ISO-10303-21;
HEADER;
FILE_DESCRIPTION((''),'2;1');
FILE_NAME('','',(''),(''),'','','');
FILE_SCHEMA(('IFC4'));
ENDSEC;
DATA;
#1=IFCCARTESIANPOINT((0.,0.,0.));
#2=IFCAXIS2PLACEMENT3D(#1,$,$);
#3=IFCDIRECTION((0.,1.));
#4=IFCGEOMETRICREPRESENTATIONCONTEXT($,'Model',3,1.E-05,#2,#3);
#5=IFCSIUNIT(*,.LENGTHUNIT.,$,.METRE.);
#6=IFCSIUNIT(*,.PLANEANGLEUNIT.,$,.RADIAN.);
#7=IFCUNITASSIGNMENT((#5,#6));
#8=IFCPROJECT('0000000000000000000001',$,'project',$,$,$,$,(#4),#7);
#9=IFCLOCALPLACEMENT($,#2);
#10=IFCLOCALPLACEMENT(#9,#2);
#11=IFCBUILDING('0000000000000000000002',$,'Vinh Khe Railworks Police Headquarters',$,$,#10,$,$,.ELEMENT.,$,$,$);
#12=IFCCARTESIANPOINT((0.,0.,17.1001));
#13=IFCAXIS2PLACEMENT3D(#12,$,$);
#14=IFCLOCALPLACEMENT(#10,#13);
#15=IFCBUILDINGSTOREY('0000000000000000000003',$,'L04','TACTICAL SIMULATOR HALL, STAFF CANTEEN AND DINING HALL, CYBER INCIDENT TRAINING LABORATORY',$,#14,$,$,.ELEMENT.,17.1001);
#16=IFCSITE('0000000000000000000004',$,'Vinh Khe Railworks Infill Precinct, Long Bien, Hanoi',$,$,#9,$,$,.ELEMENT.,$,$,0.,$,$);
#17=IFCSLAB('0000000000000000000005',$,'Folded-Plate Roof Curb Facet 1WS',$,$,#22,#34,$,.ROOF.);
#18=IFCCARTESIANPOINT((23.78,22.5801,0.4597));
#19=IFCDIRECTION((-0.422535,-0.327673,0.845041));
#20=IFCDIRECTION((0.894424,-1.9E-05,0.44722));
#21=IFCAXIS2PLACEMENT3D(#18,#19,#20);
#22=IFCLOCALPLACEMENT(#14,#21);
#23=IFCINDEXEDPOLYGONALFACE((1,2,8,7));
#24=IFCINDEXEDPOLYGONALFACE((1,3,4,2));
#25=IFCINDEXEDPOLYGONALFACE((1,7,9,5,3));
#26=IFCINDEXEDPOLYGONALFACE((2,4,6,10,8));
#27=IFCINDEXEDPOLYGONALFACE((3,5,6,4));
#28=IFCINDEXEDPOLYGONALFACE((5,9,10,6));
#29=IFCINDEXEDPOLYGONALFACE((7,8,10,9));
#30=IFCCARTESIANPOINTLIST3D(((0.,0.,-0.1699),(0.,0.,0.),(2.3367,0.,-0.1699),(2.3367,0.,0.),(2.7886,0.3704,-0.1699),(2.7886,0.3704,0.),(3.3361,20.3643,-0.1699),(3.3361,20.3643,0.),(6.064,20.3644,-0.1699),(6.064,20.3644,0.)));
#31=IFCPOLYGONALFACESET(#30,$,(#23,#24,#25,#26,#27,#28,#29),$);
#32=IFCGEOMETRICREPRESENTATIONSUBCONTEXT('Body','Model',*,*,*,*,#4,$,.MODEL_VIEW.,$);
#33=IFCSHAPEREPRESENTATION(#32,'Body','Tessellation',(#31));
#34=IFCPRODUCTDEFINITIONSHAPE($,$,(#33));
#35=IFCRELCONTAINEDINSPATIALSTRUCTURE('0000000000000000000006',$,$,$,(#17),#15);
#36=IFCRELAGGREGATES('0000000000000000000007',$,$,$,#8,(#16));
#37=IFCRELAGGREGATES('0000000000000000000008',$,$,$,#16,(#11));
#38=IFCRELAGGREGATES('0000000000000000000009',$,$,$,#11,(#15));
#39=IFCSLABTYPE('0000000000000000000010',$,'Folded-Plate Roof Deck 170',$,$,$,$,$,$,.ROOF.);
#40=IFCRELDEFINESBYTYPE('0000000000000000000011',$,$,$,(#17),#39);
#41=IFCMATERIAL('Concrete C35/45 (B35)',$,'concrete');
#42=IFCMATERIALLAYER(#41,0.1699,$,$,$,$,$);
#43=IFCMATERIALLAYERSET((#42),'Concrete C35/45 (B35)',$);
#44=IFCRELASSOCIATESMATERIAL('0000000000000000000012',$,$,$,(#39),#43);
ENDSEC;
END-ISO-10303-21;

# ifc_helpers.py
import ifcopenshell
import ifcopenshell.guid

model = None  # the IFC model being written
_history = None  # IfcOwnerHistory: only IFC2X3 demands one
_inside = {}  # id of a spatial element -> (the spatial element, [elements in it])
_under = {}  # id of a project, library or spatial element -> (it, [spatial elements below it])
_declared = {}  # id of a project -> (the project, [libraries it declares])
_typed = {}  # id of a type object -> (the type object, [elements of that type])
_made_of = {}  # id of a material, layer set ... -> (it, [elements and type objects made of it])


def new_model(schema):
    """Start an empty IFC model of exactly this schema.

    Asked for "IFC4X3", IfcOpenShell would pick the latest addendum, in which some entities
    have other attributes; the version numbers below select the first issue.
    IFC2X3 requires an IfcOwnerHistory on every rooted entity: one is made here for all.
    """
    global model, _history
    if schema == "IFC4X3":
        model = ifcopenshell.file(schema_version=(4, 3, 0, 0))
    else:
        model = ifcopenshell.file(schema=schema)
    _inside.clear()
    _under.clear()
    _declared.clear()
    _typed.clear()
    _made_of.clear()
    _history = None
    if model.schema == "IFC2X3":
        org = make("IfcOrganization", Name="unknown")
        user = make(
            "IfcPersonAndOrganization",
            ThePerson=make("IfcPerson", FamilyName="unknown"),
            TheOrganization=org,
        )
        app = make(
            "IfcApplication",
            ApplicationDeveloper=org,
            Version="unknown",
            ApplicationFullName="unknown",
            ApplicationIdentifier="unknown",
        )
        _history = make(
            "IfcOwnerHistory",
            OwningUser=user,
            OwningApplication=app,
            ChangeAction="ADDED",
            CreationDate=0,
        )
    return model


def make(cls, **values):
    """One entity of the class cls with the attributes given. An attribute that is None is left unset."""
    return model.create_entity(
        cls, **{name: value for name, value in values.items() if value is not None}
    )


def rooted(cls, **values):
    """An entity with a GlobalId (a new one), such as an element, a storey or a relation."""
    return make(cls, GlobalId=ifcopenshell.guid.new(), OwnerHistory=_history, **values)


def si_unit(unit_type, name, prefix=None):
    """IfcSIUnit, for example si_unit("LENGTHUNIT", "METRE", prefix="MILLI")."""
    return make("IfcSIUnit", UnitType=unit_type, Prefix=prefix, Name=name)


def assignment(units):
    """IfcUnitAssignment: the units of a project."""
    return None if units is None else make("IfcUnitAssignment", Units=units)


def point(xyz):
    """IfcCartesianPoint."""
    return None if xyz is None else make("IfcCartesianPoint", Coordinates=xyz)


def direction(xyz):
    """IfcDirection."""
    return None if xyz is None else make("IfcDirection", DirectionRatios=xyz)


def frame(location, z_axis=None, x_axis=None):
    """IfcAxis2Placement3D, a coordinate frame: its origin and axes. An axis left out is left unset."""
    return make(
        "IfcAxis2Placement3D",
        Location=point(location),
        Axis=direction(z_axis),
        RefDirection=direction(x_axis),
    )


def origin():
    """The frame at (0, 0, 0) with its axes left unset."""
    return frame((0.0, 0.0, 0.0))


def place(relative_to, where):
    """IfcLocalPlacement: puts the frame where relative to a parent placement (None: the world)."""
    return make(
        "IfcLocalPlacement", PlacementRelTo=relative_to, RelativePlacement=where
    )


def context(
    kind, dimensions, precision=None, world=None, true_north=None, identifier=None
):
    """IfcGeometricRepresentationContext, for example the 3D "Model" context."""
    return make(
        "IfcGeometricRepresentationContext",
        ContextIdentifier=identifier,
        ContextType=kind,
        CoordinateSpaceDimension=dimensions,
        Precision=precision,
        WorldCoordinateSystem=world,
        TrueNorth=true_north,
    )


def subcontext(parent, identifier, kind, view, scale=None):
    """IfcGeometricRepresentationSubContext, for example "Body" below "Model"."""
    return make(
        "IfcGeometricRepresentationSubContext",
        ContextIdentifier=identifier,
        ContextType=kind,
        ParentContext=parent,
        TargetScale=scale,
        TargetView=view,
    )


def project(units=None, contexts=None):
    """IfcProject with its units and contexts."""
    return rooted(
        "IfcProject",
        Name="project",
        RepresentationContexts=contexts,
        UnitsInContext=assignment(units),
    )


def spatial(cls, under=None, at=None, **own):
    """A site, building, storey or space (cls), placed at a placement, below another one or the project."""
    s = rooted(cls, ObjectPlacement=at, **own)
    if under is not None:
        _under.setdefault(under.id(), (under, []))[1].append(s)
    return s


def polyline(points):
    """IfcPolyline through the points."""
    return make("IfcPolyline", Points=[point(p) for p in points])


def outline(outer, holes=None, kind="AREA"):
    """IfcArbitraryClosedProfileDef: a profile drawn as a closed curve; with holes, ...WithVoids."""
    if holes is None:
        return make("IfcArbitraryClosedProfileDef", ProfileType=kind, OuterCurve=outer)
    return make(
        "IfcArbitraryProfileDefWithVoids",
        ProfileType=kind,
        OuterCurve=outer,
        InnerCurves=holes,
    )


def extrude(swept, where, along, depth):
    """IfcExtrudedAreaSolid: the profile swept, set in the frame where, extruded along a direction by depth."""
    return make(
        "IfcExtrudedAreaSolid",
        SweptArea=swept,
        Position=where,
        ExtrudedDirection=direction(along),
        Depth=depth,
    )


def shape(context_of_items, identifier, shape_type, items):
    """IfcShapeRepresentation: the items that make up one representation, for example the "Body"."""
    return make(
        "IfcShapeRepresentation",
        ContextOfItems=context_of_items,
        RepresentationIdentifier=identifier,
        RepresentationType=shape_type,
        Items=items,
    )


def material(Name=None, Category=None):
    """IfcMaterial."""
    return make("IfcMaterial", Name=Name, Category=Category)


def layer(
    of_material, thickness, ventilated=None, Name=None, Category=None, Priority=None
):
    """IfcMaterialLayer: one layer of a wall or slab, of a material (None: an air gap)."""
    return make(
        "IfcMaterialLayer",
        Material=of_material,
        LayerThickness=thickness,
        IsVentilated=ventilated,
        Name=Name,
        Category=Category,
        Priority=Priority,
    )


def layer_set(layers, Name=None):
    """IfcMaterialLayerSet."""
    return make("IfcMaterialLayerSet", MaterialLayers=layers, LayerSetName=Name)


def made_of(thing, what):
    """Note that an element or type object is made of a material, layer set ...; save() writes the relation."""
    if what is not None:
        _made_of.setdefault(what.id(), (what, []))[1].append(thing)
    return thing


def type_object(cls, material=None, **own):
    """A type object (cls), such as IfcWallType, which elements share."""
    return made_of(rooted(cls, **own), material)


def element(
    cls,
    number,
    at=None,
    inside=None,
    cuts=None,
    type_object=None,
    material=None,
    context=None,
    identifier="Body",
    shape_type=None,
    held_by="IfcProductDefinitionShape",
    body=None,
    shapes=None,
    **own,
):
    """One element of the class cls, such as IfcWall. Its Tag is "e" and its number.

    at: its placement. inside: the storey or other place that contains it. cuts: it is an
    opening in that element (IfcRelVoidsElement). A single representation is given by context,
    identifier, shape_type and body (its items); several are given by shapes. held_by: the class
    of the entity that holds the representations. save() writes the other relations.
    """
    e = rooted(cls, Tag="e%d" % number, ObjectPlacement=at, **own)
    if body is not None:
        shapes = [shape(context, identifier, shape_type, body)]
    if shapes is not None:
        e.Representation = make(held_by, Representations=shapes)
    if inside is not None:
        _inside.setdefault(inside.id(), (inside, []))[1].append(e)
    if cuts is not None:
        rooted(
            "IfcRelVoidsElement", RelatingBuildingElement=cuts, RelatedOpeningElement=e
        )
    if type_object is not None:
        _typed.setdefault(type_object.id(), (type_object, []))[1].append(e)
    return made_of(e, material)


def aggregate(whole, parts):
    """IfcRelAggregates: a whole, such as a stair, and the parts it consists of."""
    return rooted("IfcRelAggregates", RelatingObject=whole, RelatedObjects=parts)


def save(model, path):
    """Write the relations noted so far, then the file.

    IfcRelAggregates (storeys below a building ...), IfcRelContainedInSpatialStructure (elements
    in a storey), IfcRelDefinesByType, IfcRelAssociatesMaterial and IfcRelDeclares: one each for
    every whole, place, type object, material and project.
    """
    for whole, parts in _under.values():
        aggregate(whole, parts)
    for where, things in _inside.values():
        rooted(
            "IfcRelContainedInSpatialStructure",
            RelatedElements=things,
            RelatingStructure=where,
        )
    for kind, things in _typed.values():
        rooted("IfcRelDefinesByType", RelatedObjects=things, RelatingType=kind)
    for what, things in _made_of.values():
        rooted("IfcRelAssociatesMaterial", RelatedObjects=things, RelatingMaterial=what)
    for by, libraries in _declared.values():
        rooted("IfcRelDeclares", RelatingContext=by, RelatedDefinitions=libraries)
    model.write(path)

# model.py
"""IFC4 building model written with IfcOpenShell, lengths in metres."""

from ifc_helpers import new_model, si_unit, direction, frame, origin, place, context, subcontext, project, spatial, polyline, outline, extrude, material, layer, layer_set, type_object, element, save


model = new_model("IFC4")

# Units and contexts
model_context = context("Model", 3, precision=1e-05, world=origin(), true_north=direction((0.0, 1.0)))
body_context = subcontext(model_context, "Body", "Model", "MODEL_VIEW")
ifc_project = project(units=[si_unit("LENGTHUNIT", "METRE"), si_unit("PLANEANGLEUNIT", "RADIAN")], contexts=[model_context])

# Site, building, storey
site_placement = place(None, origin())
site = spatial("IfcSite", under=ifc_project, at=site_placement, Name="Vinh Khe Railworks Infill Precinct, Long Bien, Hanoi", CompositionType="ELEMENT", RefElevation=0.0)
building_placement = place(site_placement, origin())
building = spatial("IfcBuilding", under=site, at=building_placement, Name="Vinh Khe Railworks Police Headquarters", CompositionType="ELEMENT")
storey_placement = place(building_placement, frame((0.0, 0.0, 17.1001)))
storey = spatial("IfcBuildingStorey", under=building, at=storey_placement, Name="L04", Description="TACTICAL SIMULATOR HALL, STAFF CANTEEN AND DINING HALL, CYBER INCIDENT TRAINING LABORATORY", CompositionType="ELEMENT", Elevation=17.1001)

# Slab
ifc_material_1 = material(Name="Concrete C35/45 (B35)", Category="concrete")
ifc_layer_1 = layer(ifc_material_1, 0.1699)
ifc_layer_set_1 = layer_set([ifc_layer_1], Name="Concrete C35/45 (B35)")
slab_type = type_object("IfcSlabType", Name="Folded-Plate Roof Deck 170", PredefinedType="ROOF", material=ifc_layer_set_1)
slab_1_placement = place(storey_placement, frame((23.78, 22.5801, 0.4597), z_axis=(-0.422535, -0.327673, 0.845041), x_axis=(0.894424, -0.000019, 0.44722)))
element("IfcSlab", 1, at=slab_1_placement, inside=storey, type_object=slab_type, Name="Folded-Plate Roof Curb Facet 1WS", PredefinedType="ROOF", context=body_context, shape_type="SweptSolid", body=[
    extrude(outline(polyline([(0.0, 0.0), (2.3367, 0.0), (2.7886, 0.3704), (6.064, 20.3644), (3.3361, 20.3643), (0.0, 0.0)])), origin(), (0.0, 0.0, -1.0), 0.1699),
])

save(model, "model.ifc")
